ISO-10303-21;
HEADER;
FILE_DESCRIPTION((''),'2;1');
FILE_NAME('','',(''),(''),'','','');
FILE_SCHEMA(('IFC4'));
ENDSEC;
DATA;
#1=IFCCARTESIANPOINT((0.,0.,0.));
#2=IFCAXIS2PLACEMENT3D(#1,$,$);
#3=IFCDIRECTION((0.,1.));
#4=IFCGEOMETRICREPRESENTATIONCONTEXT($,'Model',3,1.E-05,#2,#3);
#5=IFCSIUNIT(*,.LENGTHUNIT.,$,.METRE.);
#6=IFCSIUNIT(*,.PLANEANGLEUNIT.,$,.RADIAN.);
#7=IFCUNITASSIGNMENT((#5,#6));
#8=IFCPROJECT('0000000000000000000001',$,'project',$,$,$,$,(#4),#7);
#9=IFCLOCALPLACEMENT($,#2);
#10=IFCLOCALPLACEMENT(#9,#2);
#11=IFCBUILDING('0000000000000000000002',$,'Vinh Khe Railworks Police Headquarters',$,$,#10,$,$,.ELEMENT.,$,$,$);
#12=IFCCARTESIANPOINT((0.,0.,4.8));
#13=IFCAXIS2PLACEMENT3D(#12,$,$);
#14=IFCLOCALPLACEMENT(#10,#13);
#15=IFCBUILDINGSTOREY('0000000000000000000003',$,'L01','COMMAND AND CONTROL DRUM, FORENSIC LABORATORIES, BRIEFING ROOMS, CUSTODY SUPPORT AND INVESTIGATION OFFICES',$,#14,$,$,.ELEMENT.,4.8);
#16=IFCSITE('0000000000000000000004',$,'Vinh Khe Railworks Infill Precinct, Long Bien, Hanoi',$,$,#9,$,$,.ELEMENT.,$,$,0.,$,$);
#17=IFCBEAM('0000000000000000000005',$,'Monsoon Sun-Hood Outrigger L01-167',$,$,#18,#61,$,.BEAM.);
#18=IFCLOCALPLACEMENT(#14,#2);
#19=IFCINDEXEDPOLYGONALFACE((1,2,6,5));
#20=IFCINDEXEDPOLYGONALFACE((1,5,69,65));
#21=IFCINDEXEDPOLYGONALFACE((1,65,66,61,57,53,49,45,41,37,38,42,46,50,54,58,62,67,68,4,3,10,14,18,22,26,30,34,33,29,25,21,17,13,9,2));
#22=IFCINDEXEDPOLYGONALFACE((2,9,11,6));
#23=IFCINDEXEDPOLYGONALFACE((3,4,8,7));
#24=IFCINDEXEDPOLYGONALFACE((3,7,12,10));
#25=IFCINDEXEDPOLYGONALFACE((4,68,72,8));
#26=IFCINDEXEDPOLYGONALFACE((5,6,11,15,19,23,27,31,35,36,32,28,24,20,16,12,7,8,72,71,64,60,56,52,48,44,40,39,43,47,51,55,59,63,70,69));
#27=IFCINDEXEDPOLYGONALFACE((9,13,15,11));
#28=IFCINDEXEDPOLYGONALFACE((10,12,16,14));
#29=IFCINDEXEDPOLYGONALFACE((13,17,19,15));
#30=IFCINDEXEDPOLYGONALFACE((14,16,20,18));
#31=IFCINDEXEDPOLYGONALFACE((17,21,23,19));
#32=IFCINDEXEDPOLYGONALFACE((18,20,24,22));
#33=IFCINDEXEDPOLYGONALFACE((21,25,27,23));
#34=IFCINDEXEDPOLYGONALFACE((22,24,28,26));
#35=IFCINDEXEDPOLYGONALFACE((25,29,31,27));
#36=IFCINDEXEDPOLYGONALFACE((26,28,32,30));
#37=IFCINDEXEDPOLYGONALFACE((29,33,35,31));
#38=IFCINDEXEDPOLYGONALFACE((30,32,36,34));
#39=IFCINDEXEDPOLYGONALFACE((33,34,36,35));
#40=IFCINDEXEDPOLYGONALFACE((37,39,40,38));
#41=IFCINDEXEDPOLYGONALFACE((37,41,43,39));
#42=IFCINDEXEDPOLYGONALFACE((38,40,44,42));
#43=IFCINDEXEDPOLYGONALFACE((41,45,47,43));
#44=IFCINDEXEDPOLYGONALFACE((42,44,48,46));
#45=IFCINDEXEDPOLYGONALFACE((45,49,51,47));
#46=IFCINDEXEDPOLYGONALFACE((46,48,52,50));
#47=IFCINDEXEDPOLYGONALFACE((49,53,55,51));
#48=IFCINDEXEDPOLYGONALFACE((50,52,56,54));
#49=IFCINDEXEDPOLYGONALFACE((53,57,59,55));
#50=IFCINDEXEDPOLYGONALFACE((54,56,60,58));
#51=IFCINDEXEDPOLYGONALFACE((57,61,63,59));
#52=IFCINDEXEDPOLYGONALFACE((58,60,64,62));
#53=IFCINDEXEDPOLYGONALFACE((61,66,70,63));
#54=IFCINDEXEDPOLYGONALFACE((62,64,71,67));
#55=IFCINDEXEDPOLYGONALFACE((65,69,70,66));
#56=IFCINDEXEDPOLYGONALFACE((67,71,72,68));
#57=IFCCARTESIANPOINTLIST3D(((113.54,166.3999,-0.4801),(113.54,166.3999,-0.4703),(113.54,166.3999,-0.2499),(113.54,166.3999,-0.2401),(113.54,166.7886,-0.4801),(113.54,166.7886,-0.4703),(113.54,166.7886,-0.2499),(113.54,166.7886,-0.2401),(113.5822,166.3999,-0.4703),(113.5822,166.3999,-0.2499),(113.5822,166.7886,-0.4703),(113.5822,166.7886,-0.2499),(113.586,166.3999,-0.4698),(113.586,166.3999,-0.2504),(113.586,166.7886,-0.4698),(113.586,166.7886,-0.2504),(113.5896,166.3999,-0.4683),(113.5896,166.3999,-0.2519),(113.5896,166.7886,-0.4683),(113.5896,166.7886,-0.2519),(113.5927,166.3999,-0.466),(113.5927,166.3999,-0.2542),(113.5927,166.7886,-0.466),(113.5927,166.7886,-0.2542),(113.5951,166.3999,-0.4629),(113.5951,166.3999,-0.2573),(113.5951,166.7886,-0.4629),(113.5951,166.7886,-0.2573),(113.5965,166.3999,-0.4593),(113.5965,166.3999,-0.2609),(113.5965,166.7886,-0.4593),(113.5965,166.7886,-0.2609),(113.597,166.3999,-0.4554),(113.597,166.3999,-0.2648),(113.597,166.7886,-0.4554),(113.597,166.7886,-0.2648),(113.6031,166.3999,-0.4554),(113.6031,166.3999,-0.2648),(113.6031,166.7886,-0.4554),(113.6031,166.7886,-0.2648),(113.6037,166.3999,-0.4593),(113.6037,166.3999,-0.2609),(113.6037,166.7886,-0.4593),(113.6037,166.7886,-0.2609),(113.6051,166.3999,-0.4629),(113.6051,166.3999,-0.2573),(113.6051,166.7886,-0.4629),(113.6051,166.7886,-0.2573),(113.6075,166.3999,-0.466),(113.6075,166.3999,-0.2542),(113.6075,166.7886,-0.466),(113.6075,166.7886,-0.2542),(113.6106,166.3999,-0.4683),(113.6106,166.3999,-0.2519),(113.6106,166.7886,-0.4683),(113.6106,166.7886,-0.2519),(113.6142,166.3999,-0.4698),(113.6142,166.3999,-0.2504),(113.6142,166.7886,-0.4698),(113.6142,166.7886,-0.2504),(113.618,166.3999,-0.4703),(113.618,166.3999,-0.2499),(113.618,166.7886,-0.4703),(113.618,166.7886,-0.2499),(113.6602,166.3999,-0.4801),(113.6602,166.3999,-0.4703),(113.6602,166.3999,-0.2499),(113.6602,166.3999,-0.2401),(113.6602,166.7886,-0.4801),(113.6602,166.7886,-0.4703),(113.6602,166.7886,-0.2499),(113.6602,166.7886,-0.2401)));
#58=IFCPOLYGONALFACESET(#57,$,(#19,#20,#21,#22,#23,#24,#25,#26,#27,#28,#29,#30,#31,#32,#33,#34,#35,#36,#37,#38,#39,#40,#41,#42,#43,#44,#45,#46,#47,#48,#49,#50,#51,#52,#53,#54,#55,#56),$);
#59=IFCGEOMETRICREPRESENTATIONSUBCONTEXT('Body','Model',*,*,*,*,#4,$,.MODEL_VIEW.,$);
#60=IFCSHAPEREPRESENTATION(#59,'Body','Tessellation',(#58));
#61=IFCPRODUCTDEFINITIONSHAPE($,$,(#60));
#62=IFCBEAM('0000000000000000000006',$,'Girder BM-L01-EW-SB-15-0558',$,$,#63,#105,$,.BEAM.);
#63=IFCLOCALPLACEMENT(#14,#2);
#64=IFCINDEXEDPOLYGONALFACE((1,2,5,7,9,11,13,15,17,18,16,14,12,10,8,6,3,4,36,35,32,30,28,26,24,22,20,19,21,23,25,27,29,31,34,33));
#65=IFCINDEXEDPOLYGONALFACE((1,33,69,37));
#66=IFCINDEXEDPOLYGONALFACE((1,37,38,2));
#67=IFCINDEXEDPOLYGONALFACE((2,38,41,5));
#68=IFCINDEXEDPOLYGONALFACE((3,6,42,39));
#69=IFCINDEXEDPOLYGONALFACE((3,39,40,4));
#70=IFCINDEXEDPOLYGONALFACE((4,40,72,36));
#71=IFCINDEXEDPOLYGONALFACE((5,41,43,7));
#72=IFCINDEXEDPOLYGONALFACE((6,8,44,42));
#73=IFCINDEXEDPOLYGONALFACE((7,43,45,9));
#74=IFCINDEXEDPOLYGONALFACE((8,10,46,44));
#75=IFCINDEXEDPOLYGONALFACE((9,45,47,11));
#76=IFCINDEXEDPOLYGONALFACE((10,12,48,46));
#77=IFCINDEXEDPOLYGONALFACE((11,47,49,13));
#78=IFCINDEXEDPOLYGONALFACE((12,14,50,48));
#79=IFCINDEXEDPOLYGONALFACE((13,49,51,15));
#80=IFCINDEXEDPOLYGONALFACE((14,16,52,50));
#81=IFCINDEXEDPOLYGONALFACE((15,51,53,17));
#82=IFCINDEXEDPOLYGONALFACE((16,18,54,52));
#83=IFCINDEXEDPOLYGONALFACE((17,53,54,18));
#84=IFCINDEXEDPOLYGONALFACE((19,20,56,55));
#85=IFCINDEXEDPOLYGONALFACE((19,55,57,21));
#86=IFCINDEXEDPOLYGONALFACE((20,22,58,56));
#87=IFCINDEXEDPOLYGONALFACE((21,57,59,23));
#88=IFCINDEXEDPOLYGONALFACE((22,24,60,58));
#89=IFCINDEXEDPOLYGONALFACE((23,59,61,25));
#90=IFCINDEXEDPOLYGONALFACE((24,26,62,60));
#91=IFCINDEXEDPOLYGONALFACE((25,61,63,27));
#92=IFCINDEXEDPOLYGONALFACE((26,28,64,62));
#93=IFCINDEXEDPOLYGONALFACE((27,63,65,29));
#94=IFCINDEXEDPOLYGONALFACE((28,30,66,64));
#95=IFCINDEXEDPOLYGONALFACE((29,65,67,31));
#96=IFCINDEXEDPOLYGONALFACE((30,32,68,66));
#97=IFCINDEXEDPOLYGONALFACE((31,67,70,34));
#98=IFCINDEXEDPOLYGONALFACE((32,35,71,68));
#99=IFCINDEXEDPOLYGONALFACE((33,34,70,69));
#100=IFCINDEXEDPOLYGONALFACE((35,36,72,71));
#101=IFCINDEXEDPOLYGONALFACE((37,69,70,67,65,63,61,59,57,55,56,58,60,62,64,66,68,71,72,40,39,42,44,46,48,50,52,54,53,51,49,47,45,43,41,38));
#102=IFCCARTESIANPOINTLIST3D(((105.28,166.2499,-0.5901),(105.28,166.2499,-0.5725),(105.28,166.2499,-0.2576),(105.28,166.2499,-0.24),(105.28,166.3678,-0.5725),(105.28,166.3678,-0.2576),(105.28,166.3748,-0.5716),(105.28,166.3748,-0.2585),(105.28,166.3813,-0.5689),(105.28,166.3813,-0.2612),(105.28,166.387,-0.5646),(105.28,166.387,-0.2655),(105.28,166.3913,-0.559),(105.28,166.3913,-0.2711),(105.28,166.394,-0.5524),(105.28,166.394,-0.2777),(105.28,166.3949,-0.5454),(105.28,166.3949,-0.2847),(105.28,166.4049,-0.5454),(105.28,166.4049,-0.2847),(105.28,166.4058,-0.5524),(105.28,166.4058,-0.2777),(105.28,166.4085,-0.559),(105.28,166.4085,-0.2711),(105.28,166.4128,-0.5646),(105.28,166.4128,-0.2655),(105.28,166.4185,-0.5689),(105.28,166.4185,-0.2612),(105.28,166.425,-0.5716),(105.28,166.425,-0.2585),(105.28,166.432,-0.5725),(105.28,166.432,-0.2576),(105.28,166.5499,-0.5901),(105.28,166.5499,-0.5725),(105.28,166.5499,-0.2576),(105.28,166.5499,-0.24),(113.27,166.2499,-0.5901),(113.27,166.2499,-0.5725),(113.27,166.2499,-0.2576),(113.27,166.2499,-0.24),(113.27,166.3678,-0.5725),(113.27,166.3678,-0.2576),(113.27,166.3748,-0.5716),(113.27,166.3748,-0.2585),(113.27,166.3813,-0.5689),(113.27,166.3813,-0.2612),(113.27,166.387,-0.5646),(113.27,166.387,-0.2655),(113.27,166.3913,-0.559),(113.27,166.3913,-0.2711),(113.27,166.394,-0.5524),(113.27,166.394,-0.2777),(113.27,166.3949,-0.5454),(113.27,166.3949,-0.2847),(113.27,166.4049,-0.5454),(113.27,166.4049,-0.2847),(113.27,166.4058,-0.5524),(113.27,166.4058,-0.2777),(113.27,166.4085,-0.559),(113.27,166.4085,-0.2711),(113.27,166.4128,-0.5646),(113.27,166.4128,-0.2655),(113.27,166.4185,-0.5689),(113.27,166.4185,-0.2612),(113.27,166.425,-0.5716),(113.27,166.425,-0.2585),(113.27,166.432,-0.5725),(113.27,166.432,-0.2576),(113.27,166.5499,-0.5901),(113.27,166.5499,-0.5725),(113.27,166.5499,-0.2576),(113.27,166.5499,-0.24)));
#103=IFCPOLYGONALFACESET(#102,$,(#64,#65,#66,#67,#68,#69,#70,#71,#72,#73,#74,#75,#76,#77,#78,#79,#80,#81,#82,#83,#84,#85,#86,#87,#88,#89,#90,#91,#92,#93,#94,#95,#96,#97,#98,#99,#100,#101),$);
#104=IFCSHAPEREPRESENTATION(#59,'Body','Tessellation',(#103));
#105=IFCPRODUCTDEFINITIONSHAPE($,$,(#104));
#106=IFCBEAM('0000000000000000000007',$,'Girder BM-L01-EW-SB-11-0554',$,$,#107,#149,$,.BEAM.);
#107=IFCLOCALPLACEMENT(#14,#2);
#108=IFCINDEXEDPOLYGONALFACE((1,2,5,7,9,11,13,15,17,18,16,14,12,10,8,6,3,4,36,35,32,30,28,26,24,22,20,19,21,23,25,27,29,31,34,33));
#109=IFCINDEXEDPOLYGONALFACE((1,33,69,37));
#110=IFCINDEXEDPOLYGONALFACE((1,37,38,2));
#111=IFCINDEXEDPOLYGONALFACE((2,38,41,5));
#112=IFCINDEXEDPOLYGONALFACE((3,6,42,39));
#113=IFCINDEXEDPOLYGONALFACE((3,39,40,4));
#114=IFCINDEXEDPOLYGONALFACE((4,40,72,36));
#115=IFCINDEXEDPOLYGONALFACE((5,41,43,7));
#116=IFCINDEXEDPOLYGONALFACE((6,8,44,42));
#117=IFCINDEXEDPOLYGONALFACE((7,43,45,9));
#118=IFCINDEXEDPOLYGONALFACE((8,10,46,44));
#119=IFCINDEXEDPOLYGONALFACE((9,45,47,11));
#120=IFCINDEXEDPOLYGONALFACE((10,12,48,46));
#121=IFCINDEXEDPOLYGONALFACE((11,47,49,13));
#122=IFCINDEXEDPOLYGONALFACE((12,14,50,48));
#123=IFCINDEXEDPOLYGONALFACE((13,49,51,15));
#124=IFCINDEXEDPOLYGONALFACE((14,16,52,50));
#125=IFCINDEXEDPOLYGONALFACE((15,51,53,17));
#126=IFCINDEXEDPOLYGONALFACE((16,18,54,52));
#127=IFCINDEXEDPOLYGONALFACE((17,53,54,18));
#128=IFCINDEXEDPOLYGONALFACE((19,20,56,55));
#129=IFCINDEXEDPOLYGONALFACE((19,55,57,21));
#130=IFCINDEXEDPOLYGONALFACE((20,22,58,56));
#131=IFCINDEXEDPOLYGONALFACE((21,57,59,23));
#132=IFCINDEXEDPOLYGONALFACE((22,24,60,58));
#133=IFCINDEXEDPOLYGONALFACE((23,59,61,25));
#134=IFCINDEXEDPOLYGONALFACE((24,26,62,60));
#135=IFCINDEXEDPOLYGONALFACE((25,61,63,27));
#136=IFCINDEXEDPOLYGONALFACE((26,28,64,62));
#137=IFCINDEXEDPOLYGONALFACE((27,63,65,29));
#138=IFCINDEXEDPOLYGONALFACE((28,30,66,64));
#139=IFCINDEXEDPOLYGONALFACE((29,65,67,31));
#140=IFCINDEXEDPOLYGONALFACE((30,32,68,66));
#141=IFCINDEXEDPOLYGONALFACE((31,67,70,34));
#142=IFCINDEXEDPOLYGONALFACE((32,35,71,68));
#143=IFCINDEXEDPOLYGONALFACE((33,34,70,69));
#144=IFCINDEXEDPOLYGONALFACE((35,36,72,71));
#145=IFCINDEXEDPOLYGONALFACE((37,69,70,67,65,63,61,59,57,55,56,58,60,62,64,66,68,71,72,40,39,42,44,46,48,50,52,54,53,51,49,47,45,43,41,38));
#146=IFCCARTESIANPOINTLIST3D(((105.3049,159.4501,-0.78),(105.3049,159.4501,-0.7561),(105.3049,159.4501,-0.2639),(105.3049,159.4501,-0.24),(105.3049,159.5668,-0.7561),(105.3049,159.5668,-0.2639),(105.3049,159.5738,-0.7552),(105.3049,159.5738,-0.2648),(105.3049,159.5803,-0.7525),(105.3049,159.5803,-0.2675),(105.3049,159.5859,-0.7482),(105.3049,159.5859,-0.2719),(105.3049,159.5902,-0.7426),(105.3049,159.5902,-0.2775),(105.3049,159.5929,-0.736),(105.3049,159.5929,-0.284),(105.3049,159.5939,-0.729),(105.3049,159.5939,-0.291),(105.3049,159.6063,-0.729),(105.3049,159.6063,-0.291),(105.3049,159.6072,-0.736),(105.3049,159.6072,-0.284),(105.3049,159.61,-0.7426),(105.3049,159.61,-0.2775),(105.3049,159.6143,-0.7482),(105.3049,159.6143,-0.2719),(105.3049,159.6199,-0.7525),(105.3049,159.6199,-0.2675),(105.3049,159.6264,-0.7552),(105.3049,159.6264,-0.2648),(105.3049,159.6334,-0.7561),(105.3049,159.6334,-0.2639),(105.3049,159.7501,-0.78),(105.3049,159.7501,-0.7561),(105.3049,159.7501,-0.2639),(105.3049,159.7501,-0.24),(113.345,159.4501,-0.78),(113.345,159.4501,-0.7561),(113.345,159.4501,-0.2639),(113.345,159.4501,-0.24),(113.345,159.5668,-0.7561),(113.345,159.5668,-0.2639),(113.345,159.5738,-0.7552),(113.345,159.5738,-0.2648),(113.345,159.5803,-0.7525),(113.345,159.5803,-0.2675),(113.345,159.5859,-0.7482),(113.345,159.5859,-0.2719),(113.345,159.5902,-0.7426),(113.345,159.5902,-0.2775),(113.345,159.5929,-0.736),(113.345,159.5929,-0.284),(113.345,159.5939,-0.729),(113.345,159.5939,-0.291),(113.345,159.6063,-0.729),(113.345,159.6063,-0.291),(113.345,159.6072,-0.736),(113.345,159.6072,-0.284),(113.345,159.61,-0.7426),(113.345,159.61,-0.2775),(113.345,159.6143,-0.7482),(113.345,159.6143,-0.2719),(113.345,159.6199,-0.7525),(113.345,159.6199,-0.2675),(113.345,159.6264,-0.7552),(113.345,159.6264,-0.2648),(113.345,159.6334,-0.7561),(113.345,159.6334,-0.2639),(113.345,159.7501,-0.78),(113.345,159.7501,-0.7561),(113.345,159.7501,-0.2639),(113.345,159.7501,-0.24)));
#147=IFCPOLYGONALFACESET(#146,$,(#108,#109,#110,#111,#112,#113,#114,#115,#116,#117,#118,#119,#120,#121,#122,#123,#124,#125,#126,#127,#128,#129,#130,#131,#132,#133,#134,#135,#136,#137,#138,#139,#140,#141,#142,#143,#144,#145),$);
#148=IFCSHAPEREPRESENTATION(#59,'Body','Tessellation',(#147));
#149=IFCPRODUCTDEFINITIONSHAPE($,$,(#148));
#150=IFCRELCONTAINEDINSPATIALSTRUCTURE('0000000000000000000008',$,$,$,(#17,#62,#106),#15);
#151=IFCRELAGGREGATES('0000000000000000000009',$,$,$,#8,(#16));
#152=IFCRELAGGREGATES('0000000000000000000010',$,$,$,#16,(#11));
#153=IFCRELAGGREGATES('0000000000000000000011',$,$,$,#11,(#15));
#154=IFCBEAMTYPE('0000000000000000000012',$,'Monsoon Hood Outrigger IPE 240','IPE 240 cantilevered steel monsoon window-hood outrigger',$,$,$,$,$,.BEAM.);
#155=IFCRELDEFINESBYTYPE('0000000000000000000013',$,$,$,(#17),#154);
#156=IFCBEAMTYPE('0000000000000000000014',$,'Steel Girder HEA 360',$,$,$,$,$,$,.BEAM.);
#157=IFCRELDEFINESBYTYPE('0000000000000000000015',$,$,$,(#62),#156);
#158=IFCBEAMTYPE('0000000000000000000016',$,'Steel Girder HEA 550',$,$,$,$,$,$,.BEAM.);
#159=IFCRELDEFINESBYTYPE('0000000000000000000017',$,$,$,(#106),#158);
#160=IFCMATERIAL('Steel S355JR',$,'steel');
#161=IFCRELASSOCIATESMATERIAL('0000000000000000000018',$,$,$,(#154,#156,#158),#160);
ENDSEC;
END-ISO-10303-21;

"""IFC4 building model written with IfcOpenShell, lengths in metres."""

from ifc_helpers import new_model, si_unit, direction, frame, origin, origin_2d, place, context, subcontext, project, spatial, i_section, extrude, material, material_profile, profile_set, type_object, element, save


model = new_model("IFC4")

# Units and contexts
model_context = context("Model", 3, precision=1e-05, world=origin(), true_north=direction((0.0, 1.0)))
body_context = subcontext(model_context, "Body", "Model", "MODEL_VIEW")
ifc_project = project(units=[si_unit("LENGTHUNIT", "METRE"), si_unit("PLANEANGLEUNIT", "RADIAN")], contexts=[model_context])

# Site, building, storey
site_placement = place(None, origin())
site = spatial("IfcSite", under=ifc_project, at=site_placement, Name="Vinh Khe Railworks Infill Precinct, Long Bien, Hanoi", CompositionType="ELEMENT", RefElevation=0.0)
building_placement = place(site_placement, origin())
building = spatial("IfcBuilding", under=site, at=building_placement, Name="Vinh Khe Railworks Police Headquarters", CompositionType="ELEMENT")
storey_placement = place(building_placement, frame((0.0, 0.0, 4.8)))
storey = spatial("IfcBuildingStorey", under=building, at=storey_placement, Name="L01", Description="COMMAND AND CONTROL DRUM, FORENSIC LABORATORIES, BRIEFING ROOMS, CUSTODY SUPPORT AND INVESTIGATION OFFICES", CompositionType="ELEMENT", Elevation=4.8)

# Shared definitions
ifc_material_1 = material(Name="Steel S355JR", Category="steel")

# Beams
ifc_material_profile_1 = material_profile(ifc_material_1, i_section(OverallWidth=0.1201, OverallDepth=0.24, WebThickness=0.0061, FlangeThickness=0.0098, FilletRadius=0.0149, at=origin_2d()), Name="IPE 240")
ifc_profile_set_1 = profile_set([ifc_material_profile_1], Name="Steel S355JR")
beam_type_1 = type_object("IfcBeamType", Name="Monsoon Hood Outrigger IPE 240", Description="IPE 240 cantilevered steel monsoon window-hood outrigger", PredefinedType="BEAM", material=ifc_profile_set_1)
beam_1_placement = place(storey_placement, frame((113.6001, 166.3999, -0.3601), z_axis=(0.0, 1.0, 0.0), x_axis=(-1.0, 0.0, 0.0)))
element("IfcBeam", 1, at=beam_1_placement, inside=storey, type_object=beam_type_1, Name="Monsoon Sun-Hood Outrigger L01-167", PredefinedType="BEAM", context=body_context, shape_type="SweptSolid", body=[
    extrude(i_section(OverallWidth=0.1201, OverallDepth=0.24, WebThickness=0.0061, FlangeThickness=0.0098, FilletRadius=0.0149, at=origin_2d()), origin(), (0.0, 0.0, 1.0), 0.3887),
])
ifc_material_profile_2 = material_profile(ifc_material_1, i_section(OverallWidth=0.3, OverallDepth=0.3501, WebThickness=0.01, FlangeThickness=0.0176, FilletRadius=0.0271, at=origin_2d()), Name="HEA 360")
ifc_profile_set_2 = profile_set([ifc_material_profile_2], Name="Steel S355JR")
beam_type_2 = type_object("IfcBeamType", Name="Steel Girder HEA 360", PredefinedType="BEAM", material=ifc_profile_set_2)
beam_2_placement = place(storey_placement, frame((105.28, 166.3999, -0.415), z_axis=(1.0, 0.0, 0.0), x_axis=(0.0, 1.0, 0.0)))
element("IfcBeam", 2, at=beam_2_placement, inside=storey, type_object=beam_type_2, Name="Girder BM-L01-EW-SB-15-0558", PredefinedType="BEAM", context=body_context, shape_type="SweptSolid", body=[
    extrude(i_section(OverallWidth=0.3, OverallDepth=0.3501, WebThickness=0.01, FlangeThickness=0.0176, FilletRadius=0.0271, at=origin_2d()), origin(), (0.0, 0.0, 1.0), 7.99),
])
ifc_material_profile_3 = material_profile(ifc_material_1, i_section(OverallWidth=0.3, OverallDepth=0.54, WebThickness=0.0125, FlangeThickness=0.0239, FilletRadius=0.0271, at=origin_2d()), Name="HEA 550")
ifc_profile_set_3 = profile_set([ifc_material_profile_3], Name="Steel S355JR")
beam_type_3 = type_object("IfcBeamType", Name="Steel Girder HEA 550", PredefinedType="BEAM", material=ifc_profile_set_3)
beam_3_placement = place(storey_placement, frame((105.3049, 159.6001, -0.51), z_axis=(1.0, 0.0, 0.0), x_axis=(0.0, 1.0, 0.0)))
element("IfcBeam", 3, at=beam_3_placement, inside=storey, type_object=beam_type_3, Name="Girder BM-L01-EW-SB-11-0554", PredefinedType="BEAM", context=body_context, shape_type="SweptSolid", body=[
    extrude(i_section(OverallWidth=0.3, OverallDepth=0.54, WebThickness=0.0125, FlangeThickness=0.0239, FilletRadius=0.0271, at=origin_2d()), origin(), (0.0, 0.0, 1.0), 8.04),
])

save(model, "model.ifc")
